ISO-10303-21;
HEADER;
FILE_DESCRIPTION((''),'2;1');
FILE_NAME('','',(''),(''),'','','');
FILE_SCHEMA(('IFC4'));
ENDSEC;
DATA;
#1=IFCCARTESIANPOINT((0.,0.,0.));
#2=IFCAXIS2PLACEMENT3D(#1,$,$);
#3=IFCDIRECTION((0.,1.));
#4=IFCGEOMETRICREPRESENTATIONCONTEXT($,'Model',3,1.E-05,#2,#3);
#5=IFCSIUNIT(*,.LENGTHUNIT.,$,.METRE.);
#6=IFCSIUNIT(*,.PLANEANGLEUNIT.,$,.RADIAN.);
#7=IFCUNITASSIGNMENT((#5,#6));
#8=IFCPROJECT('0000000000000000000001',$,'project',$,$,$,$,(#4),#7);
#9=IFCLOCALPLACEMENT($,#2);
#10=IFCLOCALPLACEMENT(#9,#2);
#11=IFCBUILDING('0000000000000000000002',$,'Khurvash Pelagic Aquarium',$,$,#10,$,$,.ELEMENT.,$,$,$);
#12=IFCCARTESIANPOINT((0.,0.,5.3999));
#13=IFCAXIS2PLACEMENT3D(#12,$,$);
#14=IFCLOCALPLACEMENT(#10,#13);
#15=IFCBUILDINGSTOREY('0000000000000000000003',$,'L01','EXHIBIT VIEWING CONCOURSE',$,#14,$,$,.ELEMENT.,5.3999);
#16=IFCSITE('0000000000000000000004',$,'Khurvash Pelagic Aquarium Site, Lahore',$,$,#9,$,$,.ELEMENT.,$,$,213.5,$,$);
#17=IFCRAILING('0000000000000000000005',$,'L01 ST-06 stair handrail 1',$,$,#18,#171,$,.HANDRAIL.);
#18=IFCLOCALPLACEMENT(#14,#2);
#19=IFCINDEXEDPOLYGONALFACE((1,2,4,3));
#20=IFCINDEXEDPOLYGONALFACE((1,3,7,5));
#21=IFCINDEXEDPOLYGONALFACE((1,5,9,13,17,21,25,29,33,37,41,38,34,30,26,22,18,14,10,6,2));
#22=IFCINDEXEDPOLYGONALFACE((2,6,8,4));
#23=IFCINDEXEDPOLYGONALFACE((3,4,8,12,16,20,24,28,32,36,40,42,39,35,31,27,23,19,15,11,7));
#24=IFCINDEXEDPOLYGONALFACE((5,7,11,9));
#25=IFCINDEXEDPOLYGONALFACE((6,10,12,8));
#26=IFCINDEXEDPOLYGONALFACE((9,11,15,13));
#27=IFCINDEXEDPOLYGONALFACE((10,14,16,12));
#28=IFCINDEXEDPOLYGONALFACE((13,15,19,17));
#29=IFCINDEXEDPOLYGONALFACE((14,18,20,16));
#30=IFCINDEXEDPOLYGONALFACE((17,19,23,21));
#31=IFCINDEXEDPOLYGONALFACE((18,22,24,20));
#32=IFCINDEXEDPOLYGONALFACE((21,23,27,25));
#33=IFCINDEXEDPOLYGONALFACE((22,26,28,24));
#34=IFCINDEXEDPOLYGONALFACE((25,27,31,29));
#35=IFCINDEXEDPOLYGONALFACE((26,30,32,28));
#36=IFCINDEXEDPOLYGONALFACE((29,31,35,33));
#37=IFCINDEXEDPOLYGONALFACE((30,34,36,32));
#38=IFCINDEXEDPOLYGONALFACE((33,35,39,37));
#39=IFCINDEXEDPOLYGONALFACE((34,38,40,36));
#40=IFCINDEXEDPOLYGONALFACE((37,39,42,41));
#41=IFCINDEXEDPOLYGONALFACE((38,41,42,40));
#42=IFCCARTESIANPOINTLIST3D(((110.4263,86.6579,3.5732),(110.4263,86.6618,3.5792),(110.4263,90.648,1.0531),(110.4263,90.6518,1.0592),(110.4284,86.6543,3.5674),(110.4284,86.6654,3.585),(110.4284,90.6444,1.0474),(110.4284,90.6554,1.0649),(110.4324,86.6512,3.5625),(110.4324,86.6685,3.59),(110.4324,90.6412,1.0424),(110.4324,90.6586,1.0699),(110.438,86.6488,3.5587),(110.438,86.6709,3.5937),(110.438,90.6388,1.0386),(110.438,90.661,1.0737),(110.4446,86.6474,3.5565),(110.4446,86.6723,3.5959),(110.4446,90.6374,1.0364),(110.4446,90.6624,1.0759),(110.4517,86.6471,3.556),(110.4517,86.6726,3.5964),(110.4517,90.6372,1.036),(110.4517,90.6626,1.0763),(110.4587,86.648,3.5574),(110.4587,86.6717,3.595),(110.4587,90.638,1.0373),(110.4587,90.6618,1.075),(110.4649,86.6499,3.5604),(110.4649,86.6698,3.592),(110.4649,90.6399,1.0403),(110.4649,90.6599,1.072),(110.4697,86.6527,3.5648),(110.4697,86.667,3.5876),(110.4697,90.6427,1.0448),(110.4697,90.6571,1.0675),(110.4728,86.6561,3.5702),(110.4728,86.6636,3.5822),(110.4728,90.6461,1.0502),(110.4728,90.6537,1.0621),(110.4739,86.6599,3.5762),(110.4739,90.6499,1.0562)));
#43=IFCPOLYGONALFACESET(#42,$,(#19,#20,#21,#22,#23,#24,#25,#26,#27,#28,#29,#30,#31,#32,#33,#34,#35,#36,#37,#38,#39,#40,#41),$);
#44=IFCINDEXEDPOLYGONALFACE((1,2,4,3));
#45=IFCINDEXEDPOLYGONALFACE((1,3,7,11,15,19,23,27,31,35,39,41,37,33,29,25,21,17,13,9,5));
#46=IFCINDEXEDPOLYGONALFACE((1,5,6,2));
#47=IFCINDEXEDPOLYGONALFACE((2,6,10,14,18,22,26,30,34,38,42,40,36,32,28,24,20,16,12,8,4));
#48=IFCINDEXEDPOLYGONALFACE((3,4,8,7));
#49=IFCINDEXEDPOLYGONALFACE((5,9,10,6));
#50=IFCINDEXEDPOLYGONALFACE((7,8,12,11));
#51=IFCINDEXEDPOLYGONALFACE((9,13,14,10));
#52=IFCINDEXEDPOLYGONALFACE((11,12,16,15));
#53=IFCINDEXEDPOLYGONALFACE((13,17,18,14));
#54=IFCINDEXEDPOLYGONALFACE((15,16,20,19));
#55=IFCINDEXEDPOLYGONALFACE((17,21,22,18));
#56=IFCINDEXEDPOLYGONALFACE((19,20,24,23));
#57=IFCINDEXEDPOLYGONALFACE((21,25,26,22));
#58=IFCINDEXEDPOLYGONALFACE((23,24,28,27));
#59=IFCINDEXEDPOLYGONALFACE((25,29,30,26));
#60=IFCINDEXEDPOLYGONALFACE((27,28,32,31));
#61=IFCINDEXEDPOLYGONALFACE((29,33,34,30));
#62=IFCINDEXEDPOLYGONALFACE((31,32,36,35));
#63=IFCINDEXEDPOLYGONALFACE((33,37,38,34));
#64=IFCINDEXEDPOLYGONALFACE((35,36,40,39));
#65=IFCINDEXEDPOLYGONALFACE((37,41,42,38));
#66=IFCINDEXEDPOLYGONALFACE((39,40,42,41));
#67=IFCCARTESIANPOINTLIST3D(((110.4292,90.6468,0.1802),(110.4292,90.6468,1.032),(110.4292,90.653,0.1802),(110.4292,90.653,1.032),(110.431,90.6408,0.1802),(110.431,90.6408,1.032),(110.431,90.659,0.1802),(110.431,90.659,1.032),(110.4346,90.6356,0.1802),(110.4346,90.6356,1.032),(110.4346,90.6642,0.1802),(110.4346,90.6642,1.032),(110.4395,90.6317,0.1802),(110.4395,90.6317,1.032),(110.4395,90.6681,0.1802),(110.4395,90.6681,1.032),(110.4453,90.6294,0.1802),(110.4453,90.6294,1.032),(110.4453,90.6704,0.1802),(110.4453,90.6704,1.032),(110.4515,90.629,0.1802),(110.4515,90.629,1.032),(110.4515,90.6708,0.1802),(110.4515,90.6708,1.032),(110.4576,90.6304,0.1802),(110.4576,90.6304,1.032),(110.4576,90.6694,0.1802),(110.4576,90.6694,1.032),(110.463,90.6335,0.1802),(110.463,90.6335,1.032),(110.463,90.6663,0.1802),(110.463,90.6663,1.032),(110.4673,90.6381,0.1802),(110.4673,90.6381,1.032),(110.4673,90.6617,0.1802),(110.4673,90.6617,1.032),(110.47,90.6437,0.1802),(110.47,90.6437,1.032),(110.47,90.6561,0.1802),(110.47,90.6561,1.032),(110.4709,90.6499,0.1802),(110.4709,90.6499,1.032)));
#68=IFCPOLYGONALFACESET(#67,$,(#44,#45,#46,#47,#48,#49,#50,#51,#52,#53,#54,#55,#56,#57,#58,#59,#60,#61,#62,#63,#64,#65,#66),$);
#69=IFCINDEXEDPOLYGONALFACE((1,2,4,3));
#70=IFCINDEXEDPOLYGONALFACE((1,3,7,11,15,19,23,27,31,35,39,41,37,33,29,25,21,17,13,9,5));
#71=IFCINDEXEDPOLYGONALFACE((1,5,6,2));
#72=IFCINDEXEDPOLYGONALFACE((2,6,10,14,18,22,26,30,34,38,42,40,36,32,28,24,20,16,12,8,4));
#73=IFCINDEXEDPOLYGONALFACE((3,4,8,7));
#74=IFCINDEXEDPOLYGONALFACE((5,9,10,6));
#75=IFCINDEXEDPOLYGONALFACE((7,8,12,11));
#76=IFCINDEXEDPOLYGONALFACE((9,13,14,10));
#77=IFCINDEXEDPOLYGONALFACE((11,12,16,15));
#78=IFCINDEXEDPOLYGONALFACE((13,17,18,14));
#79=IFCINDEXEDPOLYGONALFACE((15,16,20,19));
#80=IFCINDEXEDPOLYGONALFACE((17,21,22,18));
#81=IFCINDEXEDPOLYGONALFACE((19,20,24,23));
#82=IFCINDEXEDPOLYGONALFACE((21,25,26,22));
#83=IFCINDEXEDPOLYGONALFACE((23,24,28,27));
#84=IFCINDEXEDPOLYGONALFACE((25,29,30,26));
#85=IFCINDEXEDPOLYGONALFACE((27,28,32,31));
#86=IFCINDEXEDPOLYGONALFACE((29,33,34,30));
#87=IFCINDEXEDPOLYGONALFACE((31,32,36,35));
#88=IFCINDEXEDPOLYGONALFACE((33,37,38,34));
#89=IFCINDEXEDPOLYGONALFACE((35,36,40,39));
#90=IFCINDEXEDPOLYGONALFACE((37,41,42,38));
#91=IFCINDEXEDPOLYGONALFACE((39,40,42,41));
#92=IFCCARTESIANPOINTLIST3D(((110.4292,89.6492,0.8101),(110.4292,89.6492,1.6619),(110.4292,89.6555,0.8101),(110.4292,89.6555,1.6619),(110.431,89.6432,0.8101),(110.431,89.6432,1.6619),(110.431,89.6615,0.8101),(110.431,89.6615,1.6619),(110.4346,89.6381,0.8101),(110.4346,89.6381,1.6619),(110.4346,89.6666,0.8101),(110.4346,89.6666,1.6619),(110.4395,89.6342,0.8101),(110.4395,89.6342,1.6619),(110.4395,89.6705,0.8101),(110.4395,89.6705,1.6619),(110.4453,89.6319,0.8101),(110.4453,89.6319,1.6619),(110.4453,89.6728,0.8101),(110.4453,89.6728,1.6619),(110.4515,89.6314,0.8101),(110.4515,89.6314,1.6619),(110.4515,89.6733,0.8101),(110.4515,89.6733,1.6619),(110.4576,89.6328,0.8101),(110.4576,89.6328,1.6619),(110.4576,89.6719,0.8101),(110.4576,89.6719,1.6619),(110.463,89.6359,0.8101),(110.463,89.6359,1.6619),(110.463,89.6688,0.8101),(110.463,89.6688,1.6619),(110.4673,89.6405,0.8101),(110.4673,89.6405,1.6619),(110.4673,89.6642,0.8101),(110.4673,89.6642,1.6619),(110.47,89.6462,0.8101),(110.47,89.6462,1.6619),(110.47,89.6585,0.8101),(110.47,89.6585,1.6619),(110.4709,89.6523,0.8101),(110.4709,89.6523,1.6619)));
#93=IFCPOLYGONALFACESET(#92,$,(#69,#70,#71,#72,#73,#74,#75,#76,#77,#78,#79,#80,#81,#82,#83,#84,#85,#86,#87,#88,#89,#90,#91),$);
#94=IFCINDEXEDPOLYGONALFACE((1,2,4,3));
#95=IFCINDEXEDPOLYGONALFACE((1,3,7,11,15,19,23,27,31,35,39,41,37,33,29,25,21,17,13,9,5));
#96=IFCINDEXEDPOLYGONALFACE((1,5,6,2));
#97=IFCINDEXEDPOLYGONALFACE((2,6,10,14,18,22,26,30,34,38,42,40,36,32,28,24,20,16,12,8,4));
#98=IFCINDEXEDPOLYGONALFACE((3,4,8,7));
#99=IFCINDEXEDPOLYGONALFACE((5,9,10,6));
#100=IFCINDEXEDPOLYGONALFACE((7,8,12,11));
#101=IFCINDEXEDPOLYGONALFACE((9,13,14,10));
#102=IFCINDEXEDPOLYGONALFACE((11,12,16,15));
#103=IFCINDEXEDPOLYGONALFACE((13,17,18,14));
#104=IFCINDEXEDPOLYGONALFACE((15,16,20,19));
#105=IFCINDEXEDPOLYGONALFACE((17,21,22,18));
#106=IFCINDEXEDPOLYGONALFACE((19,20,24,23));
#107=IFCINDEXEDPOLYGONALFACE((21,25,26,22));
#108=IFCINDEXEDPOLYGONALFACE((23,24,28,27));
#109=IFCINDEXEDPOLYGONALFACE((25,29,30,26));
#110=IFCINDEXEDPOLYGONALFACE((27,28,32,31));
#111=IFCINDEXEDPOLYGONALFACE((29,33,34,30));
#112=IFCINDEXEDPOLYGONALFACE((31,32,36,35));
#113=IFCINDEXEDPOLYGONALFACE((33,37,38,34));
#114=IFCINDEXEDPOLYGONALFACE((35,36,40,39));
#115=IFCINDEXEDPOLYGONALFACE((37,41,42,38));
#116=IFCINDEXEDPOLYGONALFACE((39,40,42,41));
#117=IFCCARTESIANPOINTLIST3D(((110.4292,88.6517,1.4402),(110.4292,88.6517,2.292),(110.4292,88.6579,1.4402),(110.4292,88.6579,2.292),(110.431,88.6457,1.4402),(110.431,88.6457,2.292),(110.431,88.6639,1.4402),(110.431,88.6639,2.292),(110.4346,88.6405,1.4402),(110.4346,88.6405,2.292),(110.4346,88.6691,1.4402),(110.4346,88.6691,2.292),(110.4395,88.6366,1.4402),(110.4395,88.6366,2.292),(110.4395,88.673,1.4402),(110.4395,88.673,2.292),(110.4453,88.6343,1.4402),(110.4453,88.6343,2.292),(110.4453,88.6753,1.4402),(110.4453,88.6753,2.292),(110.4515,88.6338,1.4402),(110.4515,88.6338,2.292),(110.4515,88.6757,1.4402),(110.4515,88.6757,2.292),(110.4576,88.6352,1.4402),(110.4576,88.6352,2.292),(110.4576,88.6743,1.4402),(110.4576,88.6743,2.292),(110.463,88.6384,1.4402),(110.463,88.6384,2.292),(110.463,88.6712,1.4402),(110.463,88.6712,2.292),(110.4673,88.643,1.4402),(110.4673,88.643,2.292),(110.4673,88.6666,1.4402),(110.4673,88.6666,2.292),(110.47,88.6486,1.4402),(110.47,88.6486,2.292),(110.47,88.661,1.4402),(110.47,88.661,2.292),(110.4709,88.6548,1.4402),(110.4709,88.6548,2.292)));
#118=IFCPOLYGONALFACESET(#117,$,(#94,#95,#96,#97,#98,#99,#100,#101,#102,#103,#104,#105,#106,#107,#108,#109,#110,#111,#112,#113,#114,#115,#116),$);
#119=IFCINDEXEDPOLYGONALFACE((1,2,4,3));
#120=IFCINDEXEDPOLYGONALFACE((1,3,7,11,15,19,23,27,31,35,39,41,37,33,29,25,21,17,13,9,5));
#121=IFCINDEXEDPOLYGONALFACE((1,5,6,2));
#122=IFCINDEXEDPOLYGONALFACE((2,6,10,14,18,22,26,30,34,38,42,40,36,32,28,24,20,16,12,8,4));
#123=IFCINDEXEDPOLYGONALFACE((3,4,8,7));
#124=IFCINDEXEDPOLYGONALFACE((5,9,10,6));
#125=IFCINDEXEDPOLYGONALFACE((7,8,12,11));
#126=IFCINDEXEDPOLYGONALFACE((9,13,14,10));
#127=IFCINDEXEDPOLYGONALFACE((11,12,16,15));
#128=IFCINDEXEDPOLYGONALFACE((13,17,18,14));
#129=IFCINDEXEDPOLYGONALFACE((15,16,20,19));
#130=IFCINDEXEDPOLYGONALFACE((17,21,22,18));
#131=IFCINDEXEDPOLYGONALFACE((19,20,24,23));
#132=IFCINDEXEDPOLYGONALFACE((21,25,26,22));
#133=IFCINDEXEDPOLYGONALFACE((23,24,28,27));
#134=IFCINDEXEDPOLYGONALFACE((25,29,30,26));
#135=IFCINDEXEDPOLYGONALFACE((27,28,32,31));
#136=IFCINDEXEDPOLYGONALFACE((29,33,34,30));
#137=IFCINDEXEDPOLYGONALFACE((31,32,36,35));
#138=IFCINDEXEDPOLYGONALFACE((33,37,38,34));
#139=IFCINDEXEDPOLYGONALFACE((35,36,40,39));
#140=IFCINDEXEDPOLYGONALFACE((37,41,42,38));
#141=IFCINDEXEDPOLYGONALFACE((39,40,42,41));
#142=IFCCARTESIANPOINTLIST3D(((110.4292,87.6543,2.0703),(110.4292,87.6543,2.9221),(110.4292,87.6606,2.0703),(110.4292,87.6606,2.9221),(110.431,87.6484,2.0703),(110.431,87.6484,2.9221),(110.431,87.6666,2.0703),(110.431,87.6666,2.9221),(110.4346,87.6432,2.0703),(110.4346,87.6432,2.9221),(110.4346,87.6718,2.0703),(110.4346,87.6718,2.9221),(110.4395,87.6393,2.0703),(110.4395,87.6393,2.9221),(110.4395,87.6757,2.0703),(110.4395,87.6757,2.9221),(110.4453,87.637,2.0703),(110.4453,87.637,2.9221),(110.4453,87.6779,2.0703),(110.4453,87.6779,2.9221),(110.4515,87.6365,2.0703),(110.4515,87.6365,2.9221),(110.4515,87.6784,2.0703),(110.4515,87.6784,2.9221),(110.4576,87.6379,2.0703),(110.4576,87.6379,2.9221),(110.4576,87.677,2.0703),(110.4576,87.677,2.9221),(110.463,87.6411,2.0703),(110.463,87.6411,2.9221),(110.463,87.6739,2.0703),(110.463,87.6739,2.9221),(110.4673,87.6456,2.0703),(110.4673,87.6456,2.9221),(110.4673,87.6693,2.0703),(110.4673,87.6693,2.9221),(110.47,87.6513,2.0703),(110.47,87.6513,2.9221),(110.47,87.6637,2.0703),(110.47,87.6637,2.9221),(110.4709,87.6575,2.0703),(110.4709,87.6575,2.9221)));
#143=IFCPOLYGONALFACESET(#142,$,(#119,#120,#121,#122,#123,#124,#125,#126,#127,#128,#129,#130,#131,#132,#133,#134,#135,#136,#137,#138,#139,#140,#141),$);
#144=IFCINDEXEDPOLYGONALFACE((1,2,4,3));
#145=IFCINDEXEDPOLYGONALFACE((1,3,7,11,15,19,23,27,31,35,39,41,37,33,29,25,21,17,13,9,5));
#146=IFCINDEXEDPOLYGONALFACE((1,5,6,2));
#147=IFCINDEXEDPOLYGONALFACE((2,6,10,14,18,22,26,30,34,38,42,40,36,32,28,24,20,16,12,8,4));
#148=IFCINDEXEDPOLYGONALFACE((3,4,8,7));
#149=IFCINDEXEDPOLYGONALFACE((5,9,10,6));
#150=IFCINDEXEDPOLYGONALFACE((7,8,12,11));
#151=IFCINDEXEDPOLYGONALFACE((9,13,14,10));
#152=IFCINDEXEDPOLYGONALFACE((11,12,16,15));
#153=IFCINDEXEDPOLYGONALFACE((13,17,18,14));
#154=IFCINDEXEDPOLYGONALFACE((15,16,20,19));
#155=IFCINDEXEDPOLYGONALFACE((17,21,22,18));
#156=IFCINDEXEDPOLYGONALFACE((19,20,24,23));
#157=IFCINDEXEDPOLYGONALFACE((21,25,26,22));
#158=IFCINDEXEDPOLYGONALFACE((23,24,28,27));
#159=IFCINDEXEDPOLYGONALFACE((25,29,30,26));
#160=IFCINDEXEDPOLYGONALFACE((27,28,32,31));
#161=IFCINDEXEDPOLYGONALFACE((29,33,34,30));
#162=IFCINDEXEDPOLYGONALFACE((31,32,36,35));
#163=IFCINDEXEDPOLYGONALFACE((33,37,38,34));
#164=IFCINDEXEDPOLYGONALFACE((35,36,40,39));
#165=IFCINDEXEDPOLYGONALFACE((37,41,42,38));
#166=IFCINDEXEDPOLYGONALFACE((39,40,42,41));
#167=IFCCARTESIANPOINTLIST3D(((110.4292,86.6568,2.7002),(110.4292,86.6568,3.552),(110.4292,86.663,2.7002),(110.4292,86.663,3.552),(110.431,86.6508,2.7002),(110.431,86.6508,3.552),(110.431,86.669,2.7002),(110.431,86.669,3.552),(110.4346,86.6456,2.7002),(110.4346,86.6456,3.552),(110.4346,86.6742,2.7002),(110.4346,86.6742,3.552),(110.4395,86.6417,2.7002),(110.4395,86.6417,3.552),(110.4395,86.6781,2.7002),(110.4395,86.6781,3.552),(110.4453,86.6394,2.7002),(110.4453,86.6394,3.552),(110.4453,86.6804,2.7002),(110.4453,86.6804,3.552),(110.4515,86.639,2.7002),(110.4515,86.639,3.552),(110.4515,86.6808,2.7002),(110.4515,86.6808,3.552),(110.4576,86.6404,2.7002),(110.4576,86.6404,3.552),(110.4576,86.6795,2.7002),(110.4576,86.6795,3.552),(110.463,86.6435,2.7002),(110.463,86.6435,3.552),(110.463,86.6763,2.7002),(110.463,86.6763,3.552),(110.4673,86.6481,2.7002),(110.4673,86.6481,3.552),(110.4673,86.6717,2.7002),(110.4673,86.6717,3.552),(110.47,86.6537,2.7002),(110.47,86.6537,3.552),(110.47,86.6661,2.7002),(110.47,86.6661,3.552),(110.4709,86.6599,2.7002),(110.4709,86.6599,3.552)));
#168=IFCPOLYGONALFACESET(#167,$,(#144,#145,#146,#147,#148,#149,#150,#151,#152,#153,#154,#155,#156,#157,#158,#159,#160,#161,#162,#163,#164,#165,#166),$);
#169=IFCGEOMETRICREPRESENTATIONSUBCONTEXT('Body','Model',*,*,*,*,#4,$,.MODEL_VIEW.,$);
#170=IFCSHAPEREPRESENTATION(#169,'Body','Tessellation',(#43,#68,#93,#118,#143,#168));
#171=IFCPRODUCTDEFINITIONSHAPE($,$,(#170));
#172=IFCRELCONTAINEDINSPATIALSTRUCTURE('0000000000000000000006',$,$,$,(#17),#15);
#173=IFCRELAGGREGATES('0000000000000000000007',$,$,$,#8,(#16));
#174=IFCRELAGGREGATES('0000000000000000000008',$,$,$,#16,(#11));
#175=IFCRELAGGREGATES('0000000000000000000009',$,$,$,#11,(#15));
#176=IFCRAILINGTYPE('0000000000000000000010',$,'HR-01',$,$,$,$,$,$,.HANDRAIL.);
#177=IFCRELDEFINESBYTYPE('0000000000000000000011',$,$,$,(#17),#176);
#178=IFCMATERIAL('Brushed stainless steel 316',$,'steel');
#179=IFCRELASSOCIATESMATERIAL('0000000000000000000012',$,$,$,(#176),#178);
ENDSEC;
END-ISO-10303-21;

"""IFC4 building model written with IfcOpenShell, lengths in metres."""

from ifc_helpers import new_model, si_unit, direction, frame, origin, origin_2d, place, context, subcontext, project, spatial, circle, extrude, material, type_object, element, save


model = new_model("IFC4")

# Units and contexts
model_context = context("Model", 3, precision=1e-05, world=origin(), true_north=direction((0.0, 1.0)))
body_context = subcontext(model_context, "Body", "Model", "MODEL_VIEW")
ifc_project = project(units=[si_unit("LENGTHUNIT", "METRE"), si_unit("PLANEANGLEUNIT", "RADIAN")], contexts=[model_context])

# Site, building, storey
site_placement = place(None, origin())
site = spatial("IfcSite", under=ifc_project, at=site_placement, Name="Khurvash Pelagic Aquarium Site, Lahore", CompositionType="ELEMENT", RefElevation=213.5)
building_placement = place(site_placement, origin())
building = spatial("IfcBuilding", under=site, at=building_placement, Name="Khurvash Pelagic Aquarium", CompositionType="ELEMENT")
storey_placement = place(building_placement, frame((0.0, 0.0, 5.3999)))
storey = spatial("IfcBuildingStorey", under=building, at=storey_placement, Name="L01", Description="EXHIBIT VIEWING CONCOURSE", CompositionType="ELEMENT", Elevation=5.3999)

# Railing
ifc_material_1 = material(Name="Brushed stainless steel 316", Category="steel")
railing_type_1 = type_object("IfcRailingType", Name="HR-01", PredefinedType="HANDRAIL", material=ifc_material_1)
railing_1_placement = place(storey_placement, frame((110.45, 90.6499, 0.1802)))
element("IfcRailing", 1, at=railing_1_placement, inside=storey, type_object=railing_type_1, Name="L01 ST-06 stair handrail 1", PredefinedType="HANDRAIL", context=body_context, shape_type="SweptSolid", body=[
    extrude(circle(Radius=0.0239, at=origin_2d()), frame((0.0, 0.0, 0.876), z_axis=(0.0, -0.845486, 0.533997), x_axis=(1.0, 0.0, 0.0)), (0.0, 0.0, 1.0), 4.7192),
    extrude(circle(Radius=0.021, at=origin_2d()), origin(), (0.0, 0.0, 1.0), 0.8518),
    extrude(circle(Radius=0.021, at=origin_2d()), frame((0.0, -0.9976, 0.6299)), (0.0, 0.0, 1.0), 0.8518),
    extrude(circle(Radius=0.021, at=origin_2d()), frame((0.0, -1.9951, 1.26)), (0.0, 0.0, 1.0), 0.8518),
    extrude(circle(Radius=0.021, at=origin_2d()), frame((0.0, -2.9924, 1.8901)), (0.0, 0.0, 1.0), 0.8518),
    extrude(circle(Radius=0.021, at=origin_2d()), frame((0.0, -3.99, 2.52)), (0.0, 0.0, 1.0), 0.8518),
])

save(model, "model.ifc")
